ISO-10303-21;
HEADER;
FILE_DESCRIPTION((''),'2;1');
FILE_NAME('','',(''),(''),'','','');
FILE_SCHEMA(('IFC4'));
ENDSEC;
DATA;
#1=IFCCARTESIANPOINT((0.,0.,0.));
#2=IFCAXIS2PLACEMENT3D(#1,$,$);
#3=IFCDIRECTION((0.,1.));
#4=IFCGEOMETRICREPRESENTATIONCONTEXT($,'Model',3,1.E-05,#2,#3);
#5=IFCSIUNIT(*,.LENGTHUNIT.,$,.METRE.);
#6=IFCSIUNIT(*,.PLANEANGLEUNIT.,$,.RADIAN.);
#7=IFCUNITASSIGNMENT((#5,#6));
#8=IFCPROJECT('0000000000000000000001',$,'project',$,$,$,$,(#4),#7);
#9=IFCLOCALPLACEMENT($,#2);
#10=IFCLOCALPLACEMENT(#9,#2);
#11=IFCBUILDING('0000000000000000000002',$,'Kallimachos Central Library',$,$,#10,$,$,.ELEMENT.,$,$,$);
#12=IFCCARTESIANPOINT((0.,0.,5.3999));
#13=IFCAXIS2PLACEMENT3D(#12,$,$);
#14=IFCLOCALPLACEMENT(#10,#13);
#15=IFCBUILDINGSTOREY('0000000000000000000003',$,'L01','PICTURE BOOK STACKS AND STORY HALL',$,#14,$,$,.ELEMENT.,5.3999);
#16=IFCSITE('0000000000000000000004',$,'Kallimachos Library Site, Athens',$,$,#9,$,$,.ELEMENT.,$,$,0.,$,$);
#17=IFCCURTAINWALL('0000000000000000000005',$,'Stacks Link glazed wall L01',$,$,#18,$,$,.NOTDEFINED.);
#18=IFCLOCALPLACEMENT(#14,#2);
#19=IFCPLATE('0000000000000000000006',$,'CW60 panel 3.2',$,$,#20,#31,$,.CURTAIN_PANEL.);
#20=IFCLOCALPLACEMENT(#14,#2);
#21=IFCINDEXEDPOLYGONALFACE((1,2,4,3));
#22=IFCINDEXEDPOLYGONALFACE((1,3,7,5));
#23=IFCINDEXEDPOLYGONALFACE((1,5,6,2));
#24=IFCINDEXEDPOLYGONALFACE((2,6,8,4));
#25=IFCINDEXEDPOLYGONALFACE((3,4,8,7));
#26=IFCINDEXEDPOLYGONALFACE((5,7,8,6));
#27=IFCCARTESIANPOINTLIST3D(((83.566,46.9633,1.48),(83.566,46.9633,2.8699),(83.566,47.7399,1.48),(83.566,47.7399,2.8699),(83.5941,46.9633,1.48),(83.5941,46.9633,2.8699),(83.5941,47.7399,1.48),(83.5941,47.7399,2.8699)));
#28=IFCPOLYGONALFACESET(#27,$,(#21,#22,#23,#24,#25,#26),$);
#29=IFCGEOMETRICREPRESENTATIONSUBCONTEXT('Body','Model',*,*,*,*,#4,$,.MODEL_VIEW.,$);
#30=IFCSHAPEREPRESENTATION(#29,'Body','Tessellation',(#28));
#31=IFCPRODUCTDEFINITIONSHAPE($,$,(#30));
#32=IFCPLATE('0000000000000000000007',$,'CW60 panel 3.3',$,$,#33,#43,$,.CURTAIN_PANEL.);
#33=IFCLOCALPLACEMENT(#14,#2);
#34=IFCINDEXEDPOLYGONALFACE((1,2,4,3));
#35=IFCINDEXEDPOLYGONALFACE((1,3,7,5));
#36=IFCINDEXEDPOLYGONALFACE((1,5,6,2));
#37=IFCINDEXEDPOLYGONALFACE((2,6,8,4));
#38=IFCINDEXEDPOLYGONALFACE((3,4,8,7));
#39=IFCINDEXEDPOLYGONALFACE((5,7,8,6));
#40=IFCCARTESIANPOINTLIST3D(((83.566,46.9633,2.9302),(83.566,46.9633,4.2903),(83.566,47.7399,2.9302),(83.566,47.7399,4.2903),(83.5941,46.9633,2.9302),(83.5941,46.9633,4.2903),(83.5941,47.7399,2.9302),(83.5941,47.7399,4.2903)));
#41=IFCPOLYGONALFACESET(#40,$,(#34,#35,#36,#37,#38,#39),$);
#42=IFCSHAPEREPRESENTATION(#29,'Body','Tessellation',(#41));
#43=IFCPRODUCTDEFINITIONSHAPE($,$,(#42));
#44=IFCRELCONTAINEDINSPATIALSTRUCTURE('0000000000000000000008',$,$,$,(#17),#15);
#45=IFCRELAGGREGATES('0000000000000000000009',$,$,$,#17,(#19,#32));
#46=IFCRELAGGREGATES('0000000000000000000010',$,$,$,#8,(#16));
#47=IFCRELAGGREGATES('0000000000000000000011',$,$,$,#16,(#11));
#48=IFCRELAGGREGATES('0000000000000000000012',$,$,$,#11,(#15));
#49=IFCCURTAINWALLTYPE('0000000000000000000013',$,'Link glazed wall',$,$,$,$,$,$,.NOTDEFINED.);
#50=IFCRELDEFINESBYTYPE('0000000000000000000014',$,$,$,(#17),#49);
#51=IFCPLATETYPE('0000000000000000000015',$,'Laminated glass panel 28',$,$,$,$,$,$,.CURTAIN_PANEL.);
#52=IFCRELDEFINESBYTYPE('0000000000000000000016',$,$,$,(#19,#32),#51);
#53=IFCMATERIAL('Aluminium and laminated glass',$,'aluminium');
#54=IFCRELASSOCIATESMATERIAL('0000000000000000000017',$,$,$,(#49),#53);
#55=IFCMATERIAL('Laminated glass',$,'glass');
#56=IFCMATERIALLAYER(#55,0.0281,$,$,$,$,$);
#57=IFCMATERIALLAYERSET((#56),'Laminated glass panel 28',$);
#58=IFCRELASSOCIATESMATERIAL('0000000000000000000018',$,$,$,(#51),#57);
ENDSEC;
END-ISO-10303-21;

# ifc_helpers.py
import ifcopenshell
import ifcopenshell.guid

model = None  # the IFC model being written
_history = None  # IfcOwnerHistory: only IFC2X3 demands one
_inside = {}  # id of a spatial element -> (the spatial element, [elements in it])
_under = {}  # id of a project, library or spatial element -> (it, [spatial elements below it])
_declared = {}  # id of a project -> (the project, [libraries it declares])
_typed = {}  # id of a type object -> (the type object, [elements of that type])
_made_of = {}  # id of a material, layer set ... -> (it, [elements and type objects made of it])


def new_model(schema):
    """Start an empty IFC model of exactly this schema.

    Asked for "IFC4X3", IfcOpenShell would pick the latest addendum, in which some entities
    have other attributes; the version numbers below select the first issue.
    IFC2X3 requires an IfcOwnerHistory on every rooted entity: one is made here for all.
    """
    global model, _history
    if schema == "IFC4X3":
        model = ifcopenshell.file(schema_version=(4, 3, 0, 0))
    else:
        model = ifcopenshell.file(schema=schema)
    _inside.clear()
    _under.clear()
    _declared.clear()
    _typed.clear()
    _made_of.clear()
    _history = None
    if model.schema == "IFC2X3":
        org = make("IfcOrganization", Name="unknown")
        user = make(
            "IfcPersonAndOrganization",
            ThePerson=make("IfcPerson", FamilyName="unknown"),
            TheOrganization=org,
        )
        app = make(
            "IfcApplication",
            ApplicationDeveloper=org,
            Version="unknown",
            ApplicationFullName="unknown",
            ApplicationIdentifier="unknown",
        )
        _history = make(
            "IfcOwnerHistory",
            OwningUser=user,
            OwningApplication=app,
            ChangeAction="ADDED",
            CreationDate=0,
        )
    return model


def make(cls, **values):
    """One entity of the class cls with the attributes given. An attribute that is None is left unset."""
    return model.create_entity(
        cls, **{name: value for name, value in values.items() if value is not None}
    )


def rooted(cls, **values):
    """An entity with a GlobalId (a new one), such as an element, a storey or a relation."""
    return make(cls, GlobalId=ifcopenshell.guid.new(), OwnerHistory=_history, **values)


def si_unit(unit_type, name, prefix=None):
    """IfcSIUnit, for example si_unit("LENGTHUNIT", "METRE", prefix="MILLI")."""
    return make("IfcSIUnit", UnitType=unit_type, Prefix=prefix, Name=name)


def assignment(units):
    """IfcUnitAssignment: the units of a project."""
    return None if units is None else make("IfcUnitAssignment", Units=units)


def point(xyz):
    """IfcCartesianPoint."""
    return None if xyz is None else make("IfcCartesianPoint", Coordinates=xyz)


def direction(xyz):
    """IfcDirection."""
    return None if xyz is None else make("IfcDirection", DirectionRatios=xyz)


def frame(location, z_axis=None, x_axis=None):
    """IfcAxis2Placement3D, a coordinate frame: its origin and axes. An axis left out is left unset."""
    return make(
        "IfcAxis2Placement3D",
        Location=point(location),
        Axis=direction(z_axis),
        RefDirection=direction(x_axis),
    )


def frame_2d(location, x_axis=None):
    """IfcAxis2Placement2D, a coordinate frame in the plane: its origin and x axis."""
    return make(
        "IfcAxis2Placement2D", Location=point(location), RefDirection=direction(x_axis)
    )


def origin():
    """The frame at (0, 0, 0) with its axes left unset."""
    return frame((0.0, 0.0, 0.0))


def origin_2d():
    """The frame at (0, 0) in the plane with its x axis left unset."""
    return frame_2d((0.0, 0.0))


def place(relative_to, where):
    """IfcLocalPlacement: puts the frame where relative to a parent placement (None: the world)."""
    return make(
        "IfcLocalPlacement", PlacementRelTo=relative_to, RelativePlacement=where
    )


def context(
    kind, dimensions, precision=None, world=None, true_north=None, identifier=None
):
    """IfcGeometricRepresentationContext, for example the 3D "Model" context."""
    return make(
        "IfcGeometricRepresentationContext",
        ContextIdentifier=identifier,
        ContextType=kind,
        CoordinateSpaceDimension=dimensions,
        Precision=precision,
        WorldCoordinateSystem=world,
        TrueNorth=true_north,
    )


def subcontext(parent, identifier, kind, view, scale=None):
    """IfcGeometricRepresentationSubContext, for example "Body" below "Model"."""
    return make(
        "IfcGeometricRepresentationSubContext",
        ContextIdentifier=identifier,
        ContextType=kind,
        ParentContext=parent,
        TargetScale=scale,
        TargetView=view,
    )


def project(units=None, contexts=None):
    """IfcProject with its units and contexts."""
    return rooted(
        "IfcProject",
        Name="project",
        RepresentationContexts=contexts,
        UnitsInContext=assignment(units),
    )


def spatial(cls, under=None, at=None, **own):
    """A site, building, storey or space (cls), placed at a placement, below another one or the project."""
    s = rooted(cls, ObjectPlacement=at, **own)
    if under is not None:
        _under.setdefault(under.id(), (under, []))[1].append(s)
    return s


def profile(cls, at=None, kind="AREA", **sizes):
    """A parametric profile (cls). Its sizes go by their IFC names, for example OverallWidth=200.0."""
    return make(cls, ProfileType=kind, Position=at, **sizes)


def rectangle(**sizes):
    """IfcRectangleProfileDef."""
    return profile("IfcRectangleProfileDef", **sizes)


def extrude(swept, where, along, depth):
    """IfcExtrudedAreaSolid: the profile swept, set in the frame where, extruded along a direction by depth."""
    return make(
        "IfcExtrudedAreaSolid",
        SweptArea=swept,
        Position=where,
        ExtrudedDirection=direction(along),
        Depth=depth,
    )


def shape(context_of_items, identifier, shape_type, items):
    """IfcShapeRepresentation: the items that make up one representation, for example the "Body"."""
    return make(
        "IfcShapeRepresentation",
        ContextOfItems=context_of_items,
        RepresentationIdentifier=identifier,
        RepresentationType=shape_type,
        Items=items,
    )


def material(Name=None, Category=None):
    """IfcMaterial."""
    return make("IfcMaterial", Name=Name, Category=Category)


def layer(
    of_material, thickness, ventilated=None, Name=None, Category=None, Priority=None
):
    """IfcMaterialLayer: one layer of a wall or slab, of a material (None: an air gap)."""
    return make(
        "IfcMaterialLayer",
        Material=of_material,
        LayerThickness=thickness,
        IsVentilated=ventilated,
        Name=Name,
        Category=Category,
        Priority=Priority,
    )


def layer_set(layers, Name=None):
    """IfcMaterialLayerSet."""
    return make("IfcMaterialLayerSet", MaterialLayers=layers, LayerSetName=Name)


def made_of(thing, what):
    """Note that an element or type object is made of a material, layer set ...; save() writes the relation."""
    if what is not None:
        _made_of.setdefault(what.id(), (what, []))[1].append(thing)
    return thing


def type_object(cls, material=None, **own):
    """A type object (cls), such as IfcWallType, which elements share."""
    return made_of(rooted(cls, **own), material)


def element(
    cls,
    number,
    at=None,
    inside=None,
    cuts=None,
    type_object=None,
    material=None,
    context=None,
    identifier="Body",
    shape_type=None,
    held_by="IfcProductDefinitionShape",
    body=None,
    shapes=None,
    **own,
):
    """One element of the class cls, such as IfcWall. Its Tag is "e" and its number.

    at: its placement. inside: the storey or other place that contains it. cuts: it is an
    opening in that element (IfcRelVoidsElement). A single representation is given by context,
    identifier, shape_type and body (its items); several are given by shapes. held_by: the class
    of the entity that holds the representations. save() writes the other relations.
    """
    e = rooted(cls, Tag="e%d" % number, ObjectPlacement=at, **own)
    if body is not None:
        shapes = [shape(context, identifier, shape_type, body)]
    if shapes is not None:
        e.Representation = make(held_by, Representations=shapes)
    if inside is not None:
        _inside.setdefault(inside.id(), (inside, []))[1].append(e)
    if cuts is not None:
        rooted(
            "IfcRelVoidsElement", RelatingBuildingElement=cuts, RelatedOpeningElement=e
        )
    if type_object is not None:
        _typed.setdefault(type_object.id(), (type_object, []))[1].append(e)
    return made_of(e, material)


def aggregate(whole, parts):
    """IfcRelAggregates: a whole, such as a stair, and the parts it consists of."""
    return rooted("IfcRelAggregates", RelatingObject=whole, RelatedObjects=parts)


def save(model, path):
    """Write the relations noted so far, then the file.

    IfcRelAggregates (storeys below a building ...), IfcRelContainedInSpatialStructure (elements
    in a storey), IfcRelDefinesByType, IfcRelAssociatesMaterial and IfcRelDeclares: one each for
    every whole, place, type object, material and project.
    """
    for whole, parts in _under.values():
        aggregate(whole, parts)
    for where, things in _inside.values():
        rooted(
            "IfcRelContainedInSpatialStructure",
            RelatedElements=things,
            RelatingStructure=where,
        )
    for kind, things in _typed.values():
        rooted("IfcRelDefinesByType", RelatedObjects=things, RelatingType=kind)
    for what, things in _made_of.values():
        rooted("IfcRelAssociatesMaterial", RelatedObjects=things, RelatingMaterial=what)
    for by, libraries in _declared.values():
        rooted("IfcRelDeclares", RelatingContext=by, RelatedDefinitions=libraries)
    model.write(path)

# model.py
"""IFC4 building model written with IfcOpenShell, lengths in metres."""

from ifc_helpers import new_model, si_unit, direction, frame, origin, origin_2d, place, context, subcontext, project, spatial, rectangle, extrude, material, layer, layer_set, type_object, element, aggregate, save


model = new_model("IFC4")

# Units and contexts
model_context = context("Model", 3, precision=1e-05, world=origin(), true_north=direction((0.0, 1.0)))
body_context = subcontext(model_context, "Body", "Model", "MODEL_VIEW")
ifc_project = project(units=[si_unit("LENGTHUNIT", "METRE"), si_unit("PLANEANGLEUNIT", "RADIAN")], contexts=[model_context])

# Site, building, storey
site_placement = place(None, origin())
site = spatial("IfcSite", under=ifc_project, at=site_placement, Name="Kallimachos Library Site, Athens", CompositionType="ELEMENT", RefElevation=0.0)
building_placement = place(site_placement, origin())
building = spatial("IfcBuilding", under=site, at=building_placement, Name="Kallimachos Central Library", CompositionType="ELEMENT")
storey_placement = place(building_placement, frame((0.0, 0.0, 5.3999)))
storey = spatial("IfcBuildingStorey", under=building, at=storey_placement, Name="L01", Description="PICTURE BOOK STACKS AND STORY HALL", CompositionType="ELEMENT", Elevation=5.3999)

# Curtain wall
ifc_material_1 = material(Name="Aluminium and laminated glass", Category="aluminium")
curtain_wall_type = type_object("IfcCurtainWallType", Name="Link glazed wall", PredefinedType="NOTDEFINED", material=ifc_material_1)
curtain_wall_placement = place(storey_placement, origin())
curtain_wall = element("IfcCurtainWall", 1, at=curtain_wall_placement, inside=storey, type_object=curtain_wall_type, Name="Stacks Link glazed wall L01", PredefinedType="NOTDEFINED")

# Plates
ifc_material_2 = material(Name="Laminated glass", Category="glass")
ifc_layer_1 = layer(ifc_material_2, 0.0281)
ifc_layer_set_1 = layer_set([ifc_layer_1], Name="Laminated glass panel 28")
plate_type = type_object("IfcPlateType", Name="Laminated glass panel 28", PredefinedType="CURTAIN_PANEL", material=ifc_layer_set_1)
plate_1_placement = place(storey_placement, frame((83.5801, 47.3516, 1.48), z_axis=(0.0, 0.0, 1.0), x_axis=(0.0, 1.0, 0.0)))
plate_1 = element("IfcPlate", 2, at=plate_1_placement, type_object=plate_type, Name="CW60 panel 3.2", PredefinedType="CURTAIN_PANEL", context=body_context, shape_type="SweptSolid", body=[
    extrude(rectangle(XDim=0.7766, YDim=0.0281, at=origin_2d()), origin(), (0.0, 0.0, 1.0), 1.3899),
])
plate_2_placement = place(storey_placement, frame((83.5801, 47.3516, 2.9302), z_axis=(0.0, 0.0, 1.0), x_axis=(0.0, 1.0, 0.0)))
plate_2 = element("IfcPlate", 3, at=plate_2_placement, type_object=plate_type, Name="CW60 panel 3.3", PredefinedType="CURTAIN_PANEL", context=body_context, shape_type="SweptSolid", body=[
    extrude(rectangle(XDim=0.7766, YDim=0.0281, at=origin_2d()), origin(), (0.0, 0.0, 1.0), 1.3601),
])
aggregate(curtain_wall, [plate_1, plate_2])

save(model, "model.ifc")
